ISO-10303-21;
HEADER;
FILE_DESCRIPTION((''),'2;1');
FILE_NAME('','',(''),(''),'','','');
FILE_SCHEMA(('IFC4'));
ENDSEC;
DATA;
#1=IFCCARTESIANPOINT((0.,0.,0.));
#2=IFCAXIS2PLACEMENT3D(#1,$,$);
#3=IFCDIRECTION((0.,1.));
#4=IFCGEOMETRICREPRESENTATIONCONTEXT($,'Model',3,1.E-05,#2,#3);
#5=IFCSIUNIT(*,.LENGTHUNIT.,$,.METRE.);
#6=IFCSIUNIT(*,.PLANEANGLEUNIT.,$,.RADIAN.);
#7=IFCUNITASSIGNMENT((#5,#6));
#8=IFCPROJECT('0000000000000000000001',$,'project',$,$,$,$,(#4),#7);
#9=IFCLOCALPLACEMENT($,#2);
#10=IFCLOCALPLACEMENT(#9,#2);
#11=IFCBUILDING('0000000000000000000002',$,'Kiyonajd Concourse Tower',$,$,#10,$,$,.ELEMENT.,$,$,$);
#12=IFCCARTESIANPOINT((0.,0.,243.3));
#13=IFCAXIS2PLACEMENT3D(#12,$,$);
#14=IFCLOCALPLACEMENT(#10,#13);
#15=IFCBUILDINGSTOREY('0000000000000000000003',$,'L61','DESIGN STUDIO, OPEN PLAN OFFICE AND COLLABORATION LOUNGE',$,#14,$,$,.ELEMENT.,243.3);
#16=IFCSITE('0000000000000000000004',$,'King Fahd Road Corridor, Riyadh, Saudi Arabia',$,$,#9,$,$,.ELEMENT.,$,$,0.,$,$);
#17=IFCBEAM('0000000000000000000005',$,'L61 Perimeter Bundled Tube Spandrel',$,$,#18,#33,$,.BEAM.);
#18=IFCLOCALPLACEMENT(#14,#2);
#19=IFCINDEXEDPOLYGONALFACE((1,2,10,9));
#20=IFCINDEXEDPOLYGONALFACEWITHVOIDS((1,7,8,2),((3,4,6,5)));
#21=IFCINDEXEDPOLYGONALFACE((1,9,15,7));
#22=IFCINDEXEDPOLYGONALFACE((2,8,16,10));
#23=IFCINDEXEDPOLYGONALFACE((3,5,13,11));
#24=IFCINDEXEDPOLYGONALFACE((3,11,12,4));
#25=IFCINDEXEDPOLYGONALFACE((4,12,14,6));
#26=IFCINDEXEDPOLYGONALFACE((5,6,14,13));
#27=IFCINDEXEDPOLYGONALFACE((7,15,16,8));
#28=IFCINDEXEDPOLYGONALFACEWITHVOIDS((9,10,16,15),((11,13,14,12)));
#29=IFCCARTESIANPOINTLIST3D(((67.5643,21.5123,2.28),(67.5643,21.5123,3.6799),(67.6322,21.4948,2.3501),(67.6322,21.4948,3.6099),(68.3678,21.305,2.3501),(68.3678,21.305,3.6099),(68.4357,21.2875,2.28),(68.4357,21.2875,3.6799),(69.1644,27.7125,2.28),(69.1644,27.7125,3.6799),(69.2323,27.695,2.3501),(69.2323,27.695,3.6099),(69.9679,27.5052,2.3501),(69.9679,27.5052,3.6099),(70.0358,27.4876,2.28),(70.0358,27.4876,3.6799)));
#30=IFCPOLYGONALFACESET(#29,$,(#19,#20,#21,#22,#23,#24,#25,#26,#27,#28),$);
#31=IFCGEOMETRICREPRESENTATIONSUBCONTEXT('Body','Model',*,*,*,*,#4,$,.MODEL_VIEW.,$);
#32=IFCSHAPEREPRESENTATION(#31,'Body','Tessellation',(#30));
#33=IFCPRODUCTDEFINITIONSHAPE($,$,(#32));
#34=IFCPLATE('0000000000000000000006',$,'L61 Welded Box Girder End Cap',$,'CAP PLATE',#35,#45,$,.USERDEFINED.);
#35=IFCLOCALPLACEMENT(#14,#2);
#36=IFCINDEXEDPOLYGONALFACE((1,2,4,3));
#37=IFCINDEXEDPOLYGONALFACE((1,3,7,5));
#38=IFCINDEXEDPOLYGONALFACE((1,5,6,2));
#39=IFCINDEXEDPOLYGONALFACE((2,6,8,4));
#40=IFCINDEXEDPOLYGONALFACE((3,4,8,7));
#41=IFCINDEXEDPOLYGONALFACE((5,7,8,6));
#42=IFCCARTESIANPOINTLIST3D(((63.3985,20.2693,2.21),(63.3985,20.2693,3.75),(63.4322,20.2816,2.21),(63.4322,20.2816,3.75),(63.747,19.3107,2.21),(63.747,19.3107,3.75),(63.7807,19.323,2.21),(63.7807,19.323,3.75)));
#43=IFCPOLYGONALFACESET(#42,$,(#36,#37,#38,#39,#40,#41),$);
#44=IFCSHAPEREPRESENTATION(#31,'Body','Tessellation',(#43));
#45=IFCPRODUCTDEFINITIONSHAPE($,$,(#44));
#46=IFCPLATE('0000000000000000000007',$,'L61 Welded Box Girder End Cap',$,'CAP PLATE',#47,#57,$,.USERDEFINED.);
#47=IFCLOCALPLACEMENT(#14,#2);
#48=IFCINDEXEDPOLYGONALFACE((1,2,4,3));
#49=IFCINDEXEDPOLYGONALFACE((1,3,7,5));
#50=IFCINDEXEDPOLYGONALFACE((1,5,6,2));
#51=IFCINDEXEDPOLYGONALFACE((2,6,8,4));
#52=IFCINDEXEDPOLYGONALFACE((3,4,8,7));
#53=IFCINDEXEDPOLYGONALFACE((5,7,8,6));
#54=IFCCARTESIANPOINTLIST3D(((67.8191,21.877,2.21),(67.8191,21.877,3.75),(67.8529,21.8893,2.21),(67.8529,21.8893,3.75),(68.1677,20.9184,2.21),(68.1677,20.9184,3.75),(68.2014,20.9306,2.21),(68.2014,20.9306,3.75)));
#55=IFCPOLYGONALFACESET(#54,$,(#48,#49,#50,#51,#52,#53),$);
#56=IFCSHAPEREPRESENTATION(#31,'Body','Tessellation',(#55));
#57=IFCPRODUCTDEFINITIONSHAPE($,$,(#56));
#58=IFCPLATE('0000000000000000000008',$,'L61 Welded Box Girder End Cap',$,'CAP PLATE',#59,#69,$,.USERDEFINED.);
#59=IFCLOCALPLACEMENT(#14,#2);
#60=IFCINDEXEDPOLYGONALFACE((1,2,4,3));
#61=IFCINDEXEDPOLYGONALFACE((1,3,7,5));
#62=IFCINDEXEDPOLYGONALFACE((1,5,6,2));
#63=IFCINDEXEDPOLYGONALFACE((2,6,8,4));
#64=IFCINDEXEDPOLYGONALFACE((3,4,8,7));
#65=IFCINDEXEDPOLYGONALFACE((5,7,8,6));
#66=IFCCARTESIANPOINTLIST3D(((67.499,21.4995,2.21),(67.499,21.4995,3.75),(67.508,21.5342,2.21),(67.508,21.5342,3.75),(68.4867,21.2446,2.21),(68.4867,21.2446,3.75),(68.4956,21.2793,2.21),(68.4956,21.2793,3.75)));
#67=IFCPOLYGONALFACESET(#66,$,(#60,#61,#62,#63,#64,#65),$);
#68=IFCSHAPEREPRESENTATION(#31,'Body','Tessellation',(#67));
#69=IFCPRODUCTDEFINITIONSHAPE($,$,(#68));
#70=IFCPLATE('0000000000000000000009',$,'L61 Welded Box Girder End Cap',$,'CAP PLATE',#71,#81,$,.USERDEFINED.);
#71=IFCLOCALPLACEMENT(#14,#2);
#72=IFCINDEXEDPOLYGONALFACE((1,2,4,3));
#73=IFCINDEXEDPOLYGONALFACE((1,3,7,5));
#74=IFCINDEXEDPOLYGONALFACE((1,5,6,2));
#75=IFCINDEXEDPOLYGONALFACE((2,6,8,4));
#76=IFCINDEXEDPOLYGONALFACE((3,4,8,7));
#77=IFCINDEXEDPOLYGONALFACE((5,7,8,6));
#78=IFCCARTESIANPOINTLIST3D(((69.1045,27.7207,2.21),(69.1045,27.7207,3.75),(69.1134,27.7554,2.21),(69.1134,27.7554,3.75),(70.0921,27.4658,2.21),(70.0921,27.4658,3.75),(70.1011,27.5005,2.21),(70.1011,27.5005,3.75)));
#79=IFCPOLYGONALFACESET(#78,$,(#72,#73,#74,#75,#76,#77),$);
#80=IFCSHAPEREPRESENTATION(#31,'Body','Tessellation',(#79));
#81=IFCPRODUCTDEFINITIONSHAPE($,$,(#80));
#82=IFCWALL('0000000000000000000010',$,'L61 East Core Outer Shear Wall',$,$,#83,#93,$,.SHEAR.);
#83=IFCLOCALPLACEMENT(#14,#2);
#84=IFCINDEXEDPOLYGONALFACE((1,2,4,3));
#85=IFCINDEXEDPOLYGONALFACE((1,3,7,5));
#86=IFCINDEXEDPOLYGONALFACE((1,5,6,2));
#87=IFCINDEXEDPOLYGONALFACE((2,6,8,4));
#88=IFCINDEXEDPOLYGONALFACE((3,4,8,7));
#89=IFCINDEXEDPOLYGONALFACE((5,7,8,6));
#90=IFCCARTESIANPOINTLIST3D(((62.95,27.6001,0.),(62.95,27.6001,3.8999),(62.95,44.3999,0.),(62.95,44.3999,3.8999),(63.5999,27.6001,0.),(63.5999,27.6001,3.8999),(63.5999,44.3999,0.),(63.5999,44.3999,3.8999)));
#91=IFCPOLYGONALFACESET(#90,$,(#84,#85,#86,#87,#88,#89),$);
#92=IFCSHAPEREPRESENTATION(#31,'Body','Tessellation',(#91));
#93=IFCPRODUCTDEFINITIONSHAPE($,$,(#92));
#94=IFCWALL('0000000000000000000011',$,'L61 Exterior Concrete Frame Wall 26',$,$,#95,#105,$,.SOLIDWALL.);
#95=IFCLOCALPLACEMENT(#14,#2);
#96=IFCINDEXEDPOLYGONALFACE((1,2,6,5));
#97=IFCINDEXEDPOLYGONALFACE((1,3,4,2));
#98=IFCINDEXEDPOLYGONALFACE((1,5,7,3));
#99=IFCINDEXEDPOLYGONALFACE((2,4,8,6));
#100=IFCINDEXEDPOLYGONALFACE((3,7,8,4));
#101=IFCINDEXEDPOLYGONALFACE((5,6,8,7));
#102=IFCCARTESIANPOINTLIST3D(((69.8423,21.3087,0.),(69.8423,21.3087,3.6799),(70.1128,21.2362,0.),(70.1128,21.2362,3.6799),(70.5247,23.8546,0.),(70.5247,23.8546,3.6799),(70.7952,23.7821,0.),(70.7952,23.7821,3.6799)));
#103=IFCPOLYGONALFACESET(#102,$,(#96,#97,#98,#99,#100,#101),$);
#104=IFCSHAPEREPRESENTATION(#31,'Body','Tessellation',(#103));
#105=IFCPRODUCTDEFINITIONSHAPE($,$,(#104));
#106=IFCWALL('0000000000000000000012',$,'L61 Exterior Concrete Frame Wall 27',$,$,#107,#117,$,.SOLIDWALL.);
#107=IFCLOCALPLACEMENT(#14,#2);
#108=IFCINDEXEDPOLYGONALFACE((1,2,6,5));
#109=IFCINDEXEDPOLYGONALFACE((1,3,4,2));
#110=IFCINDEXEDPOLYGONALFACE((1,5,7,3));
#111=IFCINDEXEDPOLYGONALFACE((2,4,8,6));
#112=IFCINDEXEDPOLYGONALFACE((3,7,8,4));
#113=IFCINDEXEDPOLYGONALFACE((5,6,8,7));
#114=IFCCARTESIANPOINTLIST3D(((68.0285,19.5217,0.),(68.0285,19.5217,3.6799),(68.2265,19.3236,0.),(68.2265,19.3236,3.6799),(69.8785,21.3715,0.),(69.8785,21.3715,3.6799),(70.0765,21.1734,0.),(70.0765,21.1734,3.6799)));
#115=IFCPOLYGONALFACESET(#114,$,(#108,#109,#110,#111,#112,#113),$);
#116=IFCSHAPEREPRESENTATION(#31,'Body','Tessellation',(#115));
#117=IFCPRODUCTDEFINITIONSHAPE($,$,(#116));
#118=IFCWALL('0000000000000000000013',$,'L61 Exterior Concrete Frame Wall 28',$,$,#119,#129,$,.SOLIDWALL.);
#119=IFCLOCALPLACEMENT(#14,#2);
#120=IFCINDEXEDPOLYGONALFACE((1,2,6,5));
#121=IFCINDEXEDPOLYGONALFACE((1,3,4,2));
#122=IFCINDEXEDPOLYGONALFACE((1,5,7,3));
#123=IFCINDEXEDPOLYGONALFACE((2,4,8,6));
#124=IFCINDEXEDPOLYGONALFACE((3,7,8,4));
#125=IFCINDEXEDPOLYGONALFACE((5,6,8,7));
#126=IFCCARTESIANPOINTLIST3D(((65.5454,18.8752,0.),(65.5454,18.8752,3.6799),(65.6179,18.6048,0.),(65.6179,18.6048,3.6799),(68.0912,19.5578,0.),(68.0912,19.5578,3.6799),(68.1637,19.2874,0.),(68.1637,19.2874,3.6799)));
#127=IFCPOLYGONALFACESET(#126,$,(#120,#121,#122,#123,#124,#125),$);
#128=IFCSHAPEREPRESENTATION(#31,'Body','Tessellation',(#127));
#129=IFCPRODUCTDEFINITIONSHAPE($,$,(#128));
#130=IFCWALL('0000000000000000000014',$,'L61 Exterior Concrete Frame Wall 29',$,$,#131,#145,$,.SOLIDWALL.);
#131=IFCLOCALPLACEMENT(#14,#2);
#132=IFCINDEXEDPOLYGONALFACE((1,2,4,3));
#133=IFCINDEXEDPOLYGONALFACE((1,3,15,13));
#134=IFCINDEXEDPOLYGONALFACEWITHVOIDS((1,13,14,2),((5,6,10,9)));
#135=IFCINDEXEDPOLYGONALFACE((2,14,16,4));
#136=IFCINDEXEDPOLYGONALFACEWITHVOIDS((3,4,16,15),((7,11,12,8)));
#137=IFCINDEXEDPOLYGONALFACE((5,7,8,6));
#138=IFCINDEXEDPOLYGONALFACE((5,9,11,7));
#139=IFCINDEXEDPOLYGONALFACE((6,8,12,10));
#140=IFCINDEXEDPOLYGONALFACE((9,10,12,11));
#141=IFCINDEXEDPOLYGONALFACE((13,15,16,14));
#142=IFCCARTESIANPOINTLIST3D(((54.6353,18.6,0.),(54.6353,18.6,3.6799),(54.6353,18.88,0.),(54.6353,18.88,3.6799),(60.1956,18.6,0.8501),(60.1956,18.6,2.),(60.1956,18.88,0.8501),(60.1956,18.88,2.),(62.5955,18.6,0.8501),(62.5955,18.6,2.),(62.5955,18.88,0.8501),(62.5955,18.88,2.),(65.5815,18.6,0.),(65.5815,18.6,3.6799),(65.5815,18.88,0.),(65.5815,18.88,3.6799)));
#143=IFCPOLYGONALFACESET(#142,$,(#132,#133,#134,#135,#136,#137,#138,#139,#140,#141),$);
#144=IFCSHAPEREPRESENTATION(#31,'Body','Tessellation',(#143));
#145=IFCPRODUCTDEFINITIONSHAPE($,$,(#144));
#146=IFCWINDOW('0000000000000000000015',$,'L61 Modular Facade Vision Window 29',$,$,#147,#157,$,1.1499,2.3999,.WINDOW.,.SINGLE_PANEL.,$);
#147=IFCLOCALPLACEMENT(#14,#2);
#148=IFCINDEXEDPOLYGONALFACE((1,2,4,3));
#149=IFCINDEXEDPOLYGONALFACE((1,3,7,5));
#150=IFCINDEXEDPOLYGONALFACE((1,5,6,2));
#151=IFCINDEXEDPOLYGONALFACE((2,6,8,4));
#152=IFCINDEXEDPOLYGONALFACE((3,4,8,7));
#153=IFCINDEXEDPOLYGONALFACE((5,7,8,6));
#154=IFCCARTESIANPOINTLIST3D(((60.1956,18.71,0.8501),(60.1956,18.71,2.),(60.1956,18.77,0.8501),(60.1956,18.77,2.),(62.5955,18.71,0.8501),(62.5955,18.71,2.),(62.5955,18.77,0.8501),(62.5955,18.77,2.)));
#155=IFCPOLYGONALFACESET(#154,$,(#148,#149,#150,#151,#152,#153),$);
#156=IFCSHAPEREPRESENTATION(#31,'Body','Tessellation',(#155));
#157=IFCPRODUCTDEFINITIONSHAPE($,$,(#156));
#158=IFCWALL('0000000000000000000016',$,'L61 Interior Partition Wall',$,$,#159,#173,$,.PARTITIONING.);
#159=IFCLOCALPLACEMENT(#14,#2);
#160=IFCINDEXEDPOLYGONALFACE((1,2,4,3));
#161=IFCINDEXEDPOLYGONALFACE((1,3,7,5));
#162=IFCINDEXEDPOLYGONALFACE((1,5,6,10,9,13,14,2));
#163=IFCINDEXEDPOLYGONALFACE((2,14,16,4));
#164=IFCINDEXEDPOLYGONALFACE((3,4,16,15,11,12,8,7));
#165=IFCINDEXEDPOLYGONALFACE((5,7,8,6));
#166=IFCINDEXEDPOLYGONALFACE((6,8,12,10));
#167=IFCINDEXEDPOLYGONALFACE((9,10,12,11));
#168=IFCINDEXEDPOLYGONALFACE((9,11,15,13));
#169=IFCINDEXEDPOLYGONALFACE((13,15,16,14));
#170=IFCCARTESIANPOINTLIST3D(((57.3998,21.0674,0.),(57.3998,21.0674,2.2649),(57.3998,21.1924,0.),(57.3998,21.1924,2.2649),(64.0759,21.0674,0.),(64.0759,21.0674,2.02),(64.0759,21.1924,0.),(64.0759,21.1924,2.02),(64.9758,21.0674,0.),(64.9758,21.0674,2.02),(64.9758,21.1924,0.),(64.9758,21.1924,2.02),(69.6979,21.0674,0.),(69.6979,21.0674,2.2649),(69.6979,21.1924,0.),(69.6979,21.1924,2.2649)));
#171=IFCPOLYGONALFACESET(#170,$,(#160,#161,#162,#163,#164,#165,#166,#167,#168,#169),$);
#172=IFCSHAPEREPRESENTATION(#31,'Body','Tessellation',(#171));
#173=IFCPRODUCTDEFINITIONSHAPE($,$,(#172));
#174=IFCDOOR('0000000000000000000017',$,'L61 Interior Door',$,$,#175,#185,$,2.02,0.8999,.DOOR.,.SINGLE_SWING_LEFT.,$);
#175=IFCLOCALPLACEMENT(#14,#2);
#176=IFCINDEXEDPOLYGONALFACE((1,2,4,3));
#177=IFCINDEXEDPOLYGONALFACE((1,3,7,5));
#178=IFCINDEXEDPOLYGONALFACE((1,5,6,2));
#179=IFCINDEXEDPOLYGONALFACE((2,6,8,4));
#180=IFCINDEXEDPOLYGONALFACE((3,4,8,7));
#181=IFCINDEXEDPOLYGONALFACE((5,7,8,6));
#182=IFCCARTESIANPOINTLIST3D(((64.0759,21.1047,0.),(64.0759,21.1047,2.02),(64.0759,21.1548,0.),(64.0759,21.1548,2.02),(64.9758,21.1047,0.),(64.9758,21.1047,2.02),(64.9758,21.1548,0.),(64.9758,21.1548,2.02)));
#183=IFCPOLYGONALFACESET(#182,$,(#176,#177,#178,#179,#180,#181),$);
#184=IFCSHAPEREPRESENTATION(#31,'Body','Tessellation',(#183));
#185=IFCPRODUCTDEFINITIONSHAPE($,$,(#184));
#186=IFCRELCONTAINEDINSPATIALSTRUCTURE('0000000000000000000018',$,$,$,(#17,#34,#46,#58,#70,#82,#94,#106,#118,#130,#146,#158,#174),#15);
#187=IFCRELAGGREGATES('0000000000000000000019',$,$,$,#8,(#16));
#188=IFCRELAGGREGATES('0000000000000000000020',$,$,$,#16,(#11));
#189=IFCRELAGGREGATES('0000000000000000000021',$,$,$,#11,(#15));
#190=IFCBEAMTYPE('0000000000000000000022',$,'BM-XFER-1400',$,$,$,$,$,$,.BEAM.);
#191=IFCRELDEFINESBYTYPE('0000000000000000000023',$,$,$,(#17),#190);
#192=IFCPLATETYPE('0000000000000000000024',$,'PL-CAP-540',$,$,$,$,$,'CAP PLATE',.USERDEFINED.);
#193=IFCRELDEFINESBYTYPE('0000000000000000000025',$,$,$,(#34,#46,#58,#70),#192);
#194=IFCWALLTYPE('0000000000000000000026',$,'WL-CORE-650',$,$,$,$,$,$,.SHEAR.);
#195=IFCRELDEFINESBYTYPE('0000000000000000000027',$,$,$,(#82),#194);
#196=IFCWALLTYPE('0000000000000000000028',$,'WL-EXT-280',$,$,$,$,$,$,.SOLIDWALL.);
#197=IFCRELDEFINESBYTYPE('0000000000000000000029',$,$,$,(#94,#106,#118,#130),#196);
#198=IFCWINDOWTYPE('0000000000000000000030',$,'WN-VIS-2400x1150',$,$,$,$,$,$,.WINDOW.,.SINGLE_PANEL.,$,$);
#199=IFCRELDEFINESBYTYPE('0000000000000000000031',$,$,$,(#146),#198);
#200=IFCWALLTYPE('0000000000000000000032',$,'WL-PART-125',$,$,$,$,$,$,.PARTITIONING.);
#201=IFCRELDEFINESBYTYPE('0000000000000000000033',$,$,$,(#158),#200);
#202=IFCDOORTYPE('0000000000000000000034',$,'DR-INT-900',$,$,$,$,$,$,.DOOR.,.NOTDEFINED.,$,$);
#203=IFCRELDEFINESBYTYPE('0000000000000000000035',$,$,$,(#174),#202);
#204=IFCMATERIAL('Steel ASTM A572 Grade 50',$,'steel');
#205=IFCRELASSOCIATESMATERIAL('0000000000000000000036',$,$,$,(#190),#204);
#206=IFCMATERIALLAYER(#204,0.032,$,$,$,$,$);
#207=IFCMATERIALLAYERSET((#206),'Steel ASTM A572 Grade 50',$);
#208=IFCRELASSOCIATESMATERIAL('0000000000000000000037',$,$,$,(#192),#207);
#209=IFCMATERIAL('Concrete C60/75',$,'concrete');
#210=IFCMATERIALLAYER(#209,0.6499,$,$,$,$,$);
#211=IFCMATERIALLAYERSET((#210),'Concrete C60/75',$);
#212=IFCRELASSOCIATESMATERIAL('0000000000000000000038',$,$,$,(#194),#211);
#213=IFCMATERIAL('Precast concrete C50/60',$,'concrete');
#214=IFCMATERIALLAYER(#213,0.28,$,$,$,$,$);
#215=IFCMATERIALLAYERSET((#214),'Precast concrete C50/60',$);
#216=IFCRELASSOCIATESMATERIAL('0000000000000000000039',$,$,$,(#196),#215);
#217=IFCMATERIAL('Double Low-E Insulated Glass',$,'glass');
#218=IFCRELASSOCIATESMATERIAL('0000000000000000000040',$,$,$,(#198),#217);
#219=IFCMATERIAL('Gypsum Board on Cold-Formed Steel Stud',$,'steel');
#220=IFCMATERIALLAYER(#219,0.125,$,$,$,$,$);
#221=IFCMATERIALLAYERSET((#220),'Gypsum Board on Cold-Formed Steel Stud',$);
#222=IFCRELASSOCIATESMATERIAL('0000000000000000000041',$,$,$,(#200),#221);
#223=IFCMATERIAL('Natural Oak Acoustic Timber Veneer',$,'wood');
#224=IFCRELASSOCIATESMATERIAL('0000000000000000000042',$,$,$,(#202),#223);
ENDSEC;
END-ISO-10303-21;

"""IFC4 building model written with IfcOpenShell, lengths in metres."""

from ifc_helpers import new_model, si_unit, direction, frame, frame_2d, origin, origin_2d, place, context, subcontext, project, spatial, rectangle, hollow_rectangle, extrude, material, layer, layer_set, material_profile, profile_set, type_object, element, fill, save


model = new_model("IFC4")

# Units and contexts
model_context = context("Model", 3, precision=1e-05, world=origin(), true_north=direction((0.0, 1.0)))
body_context = subcontext(model_context, "Body", "Model", "MODEL_VIEW")
ifc_project = project(units=[si_unit("LENGTHUNIT", "METRE"), si_unit("PLANEANGLEUNIT", "RADIAN")], contexts=[model_context])

# Site, building, storey
site_placement = place(None, origin())
site = spatial("IfcSite", under=ifc_project, at=site_placement, Name="King Fahd Road Corridor, Riyadh, Saudi Arabia", CompositionType="ELEMENT", RefElevation=0.0)
building_placement = place(site_placement, origin())
building = spatial("IfcBuilding", under=site, at=building_placement, Name="Kiyonajd Concourse Tower", CompositionType="ELEMENT")
storey_placement = place(building_placement, frame((0.0, 0.0, 243.3)))
storey = spatial("IfcBuildingStorey", under=building, at=storey_placement, Name="L61", Description="DESIGN STUDIO, OPEN PLAN OFFICE AND COLLABORATION LOUNGE", CompositionType="ELEMENT", Elevation=243.3)

# Shared definitions
ifc_material_1 = material(Name="Concrete C60/75", Category="concrete")

# Beam
ifc_material_2 = material(Name="Steel ASTM A572 Grade 50", Category="steel")
ifc_material_profile_1 = material_profile(ifc_material_2, hollow_rectangle(XDim=0.8999, YDim=1.3999, WallThickness=0.0701, at=origin_2d()), Name="BOX-1400x900x70")
ifc_profile_set_1 = profile_set([ifc_material_profile_1], Name="Steel ASTM A572 Grade 50")
beam_type_1 = type_object("IfcBeamType", Name="BM-XFER-1400", PredefinedType="BEAM", material=ifc_profile_set_1)
beam_1_placement = place(storey_placement, frame((68.0, 21.3999, 2.98), z_axis=(0.249885, 0.968276, 0.0), x_axis=(-0.968276, 0.249885, 0.0)))
element("IfcBeam", 1, at=beam_1_placement, inside=storey, type_object=beam_type_1, Name="L61 Perimeter Bundled Tube Spandrel", PredefinedType="BEAM", context=body_context, shape_type="SweptSolid", body=[
    extrude(hollow_rectangle(XDim=0.8999, YDim=1.3999, WallThickness=0.0701, at=origin_2d()), origin(), (0.0, 0.0, 1.0), 6.4033),
])

# Plates
ifc_layer_1 = layer(ifc_material_2, 0.032)
ifc_layer_set_1 = layer_set([ifc_layer_1], Name="Steel ASTM A572 Grade 50")
plate_type = type_object("IfcPlateType", Name="PL-CAP-540", ElementType="CAP PLATE", PredefinedType="USERDEFINED", material=ifc_layer_set_1)
for number, where, z_axis, x_axis, name in (
    (2, (63.5896, 19.7961, 2.21), (0.0, 0.0, 1.0), (-0.939812, -0.341692, 0.0), "L61 Welded Box Girder End Cap"),
    (3, (68.0103, 21.4038, 2.21), (0.0, 0.0, 1.0), (0.939812, 0.341692, 0.0), "L61 Welded Box Girder End Cap"),
    (4, (67.9973, 21.3894, 2.21), (0.0, 0.0, 1.0), (-0.249873, -0.968279, 0.0), "L61 Welded Box Girder End Cap"),
    (5, (69.6028, 27.6106, 2.21), (0.0, 0.0, 1.0), (0.249873, 0.968279, 0.0), "L61 Welded Box Girder End Cap"),
):
    element("IfcPlate", number, at=place(storey_placement, frame(where, z_axis=z_axis, x_axis=x_axis)), inside=storey, type_object=plate_type, Name=name, ObjectType="CAP PLATE", PredefinedType="USERDEFINED", context=body_context, shape_type="SweptSolid", body=[
        extrude(rectangle(XDim=0.0359, YDim=1.02, at=origin_2d()), origin(), (0.0, 0.0, 1.0), 1.54),
    ])

# Walls
ifc_layer_2 = layer(ifc_material_1, 0.6499)
ifc_layer_set_2 = layer_set([ifc_layer_2], Name="Concrete C60/75")
wall_type_1 = type_object("IfcWallType", Name="WL-CORE-650", PredefinedType="SHEAR", material=ifc_layer_set_2)
wall_1_placement = place(storey_placement, frame((63.2749, 27.6001, 0.0), z_axis=(0.0, 0.0, 1.0), x_axis=(0.0, 1.0, 0.0)))
element("IfcWall", 6, at=wall_1_placement, inside=storey, type_object=wall_type_1, Name="L61 East Core Outer Shear Wall", PredefinedType="SHEAR", context=body_context, shape_type="SweptSolid", body=[
    extrude(rectangle(XDim=16.7998, YDim=0.6499, at=frame_2d((8.3999, 0.0))), origin(), (0.0, 0.0, 1.0), 3.8999),
])
ifc_material_3 = material(Name="Precast concrete C50/60", Category="concrete")
ifc_layer_3 = layer(ifc_material_3, 0.28)
ifc_layer_set_3 = layer_set([ifc_layer_3], Name="Precast concrete C50/60")
wall_type_2 = type_object("IfcWallType", Name="WL-EXT-280", PredefinedType="SOLIDWALL", material=ifc_layer_set_3)
wall_2_placement = place(storey_placement, frame((70.6599, 23.8184, 0.0), z_axis=(0.0, 0.0, 1.0), x_axis=(-0.25889, -0.965907, 0.0)))
element("IfcWall", 7, at=wall_2_placement, inside=storey, type_object=wall_type_2, Name="L61 Exterior Concrete Frame Wall 26", PredefinedType="SOLIDWALL", context=body_context, shape_type="SweptSolid", body=[
    extrude(rectangle(XDim=2.6357, YDim=0.28, at=frame_2d((1.3179, 0.0))), origin(), (0.0, 0.0, 1.0), 3.6799),
])
wall_3_placement = place(storey_placement, frame((69.9775, 21.2725, 0.0), z_axis=(0.0, 0.0, 1.0), x_axis=(-0.707153, -0.70706, 0.0)))
element("IfcWall", 8, at=wall_3_placement, inside=storey, type_object=wall_type_2, Name="L61 Exterior Concrete Frame Wall 27", PredefinedType="SOLIDWALL", context=body_context, shape_type="SweptSolid", body=[
    extrude(rectangle(XDim=2.6162, YDim=0.28, at=frame_2d((1.3081, 0.0))), origin(), (0.0, 0.0, 1.0), 3.6799),
])
wall_4_placement = place(storey_placement, frame((68.1274, 19.4226, 0.0), z_axis=(0.0, 0.0, 1.0), x_axis=(-0.965884, -0.258977, 0.0)))
element("IfcWall", 9, at=wall_4_placement, inside=storey, type_object=wall_type_2, Name="L61 Exterior Concrete Frame Wall 28", PredefinedType="SOLIDWALL", context=body_context, shape_type="SweptSolid", body=[
    extrude(rectangle(XDim=2.6357, YDim=0.28, at=frame_2d((1.3179, 0.0))), origin(), (0.0, 0.0, 1.0), 3.6799),
])

# Wall, opening, window
wall_5_placement = place(storey_placement, frame((65.5815, 18.74, 0.0), z_axis=(0.0, 0.0, 1.0), x_axis=(-1.0, 0.0, 0.0)))
wall_5 = element("IfcWall", 10, at=wall_5_placement, inside=storey, type_object=wall_type_2, Name="L61 Exterior Concrete Frame Wall 29", PredefinedType="SOLIDWALL", context=body_context, shape_type="SweptSolid", body=[
    extrude(rectangle(XDim=10.9463, YDim=0.28, at=frame_2d((5.4731, 0.0))), origin(), (0.0, 0.0, 1.0), 3.6799),
])
opening_1_placement = place(wall_5_placement, frame((2.9861, 0.0, 0.8501)))
opening_1 = element("IfcOpeningElement", 11, at=opening_1_placement, cuts=wall_5, PredefinedType="OPENING", context=body_context, shape_type="SweptSolid", body=[
    extrude(rectangle(XDim=2.3999, YDim=1.1499, at=frame_2d((1.2, 0.575))), frame((0.0, 0.1499, 0.0), z_axis=(0.0, -1.0, 0.0), x_axis=(1.0, 0.0, 0.0)), (0.0, 0.0, 1.0), 0.3),
])
ifc_material_4 = material(Name="Double Low-E Insulated Glass", Category="glass")
window_type = type_object("IfcWindowType", Name="WN-VIS-2400x1150", PartitioningType="SINGLE_PANEL", PredefinedType="WINDOW", material=ifc_material_4)
window_placement = place(opening_1_placement, origin())
window = element("IfcWindow", 12, at=window_placement, inside=storey, type_object=window_type, Name="L61 Modular Facade Vision Window 29", OverallHeight=1.1499, OverallWidth=2.3999, PartitioningType="SINGLE_PANEL", PredefinedType="WINDOW", context=body_context, shape_type="SweptSolid", body=[
    extrude(rectangle(XDim=2.3999, YDim=1.1499, at=frame_2d((1.2, 0.575))), frame((0.0, 0.03, 0.0), z_axis=(0.0, -1.0, 0.0), x_axis=(1.0, 0.0, 0.0)), (0.0, 0.0, 1.0), 0.0601),
])
fill(opening_1, window)

# Wall, opening, door
ifc_material_5 = material(Name="Gypsum Board on Cold-Formed Steel Stud", Category="steel")
ifc_layer_4 = layer(ifc_material_5, 0.125)
ifc_layer_set_4 = layer_set([ifc_layer_4], Name="Gypsum Board on Cold-Formed Steel Stud")
wall_type_3 = type_object("IfcWallType", Name="WL-PART-125", PredefinedType="PARTITIONING", material=ifc_layer_set_4)
wall_6_placement = place(storey_placement, frame((57.3999, 21.1299, 0.0), z_axis=(0.0, 0.0, 1.0), x_axis=(1.0, 0.0, 0.0)))
wall_6 = element("IfcWall", 13, at=wall_6_placement, inside=storey, type_object=wall_type_3, Name="L61 Interior Partition Wall", PredefinedType="PARTITIONING", context=body_context, shape_type="SweptSolid", body=[
    extrude(rectangle(XDim=12.2981, YDim=0.125, at=frame_2d((6.1489, 0.0))), origin(), (0.0, 0.0, 1.0), 2.2649),
])
opening_2_placement = place(wall_6_placement, frame((6.676, 0.0, 0.0)))
opening_2 = element("IfcOpeningElement", 14, at=opening_2_placement, cuts=wall_6, PredefinedType="OPENING", context=body_context, shape_type="SweptSolid", body=[
    extrude(rectangle(XDim=0.8999, YDim=2.02, at=frame_2d((0.45, 1.01))), frame((0.0, 0.0725, 0.0), z_axis=(0.0, -1.0, 0.0), x_axis=(1.0, 0.0, 0.0)), (0.0, 0.0, 1.0), 0.145),
])
ifc_material_6 = material(Name="Natural Oak Acoustic Timber Veneer", Category="wood")
door_type_1 = type_object("IfcDoorType", Name="DR-INT-900", OperationType="NOTDEFINED", PredefinedType="DOOR", material=ifc_material_6)
door_1_placement = place(opening_2_placement, origin())
door_1 = element("IfcDoor", 15, at=door_1_placement, inside=storey, type_object=door_type_1, Name="L61 Interior Door", OperationType="SINGLE_SWING_LEFT", OverallHeight=2.02, OverallWidth=0.8999, PredefinedType="DOOR", context=body_context, shape_type="SweptSolid", body=[
    extrude(rectangle(XDim=0.8999, YDim=2.02, at=frame_2d((0.45, 1.01))), frame((0.0, 0.0249, 0.0), z_axis=(0.0, -1.0, 0.0), x_axis=(1.0, 0.0, 0.0)), (0.0, 0.0, 1.0), 0.05),
])
fill(opening_2, door_1)

save(model, "model.ifc")
